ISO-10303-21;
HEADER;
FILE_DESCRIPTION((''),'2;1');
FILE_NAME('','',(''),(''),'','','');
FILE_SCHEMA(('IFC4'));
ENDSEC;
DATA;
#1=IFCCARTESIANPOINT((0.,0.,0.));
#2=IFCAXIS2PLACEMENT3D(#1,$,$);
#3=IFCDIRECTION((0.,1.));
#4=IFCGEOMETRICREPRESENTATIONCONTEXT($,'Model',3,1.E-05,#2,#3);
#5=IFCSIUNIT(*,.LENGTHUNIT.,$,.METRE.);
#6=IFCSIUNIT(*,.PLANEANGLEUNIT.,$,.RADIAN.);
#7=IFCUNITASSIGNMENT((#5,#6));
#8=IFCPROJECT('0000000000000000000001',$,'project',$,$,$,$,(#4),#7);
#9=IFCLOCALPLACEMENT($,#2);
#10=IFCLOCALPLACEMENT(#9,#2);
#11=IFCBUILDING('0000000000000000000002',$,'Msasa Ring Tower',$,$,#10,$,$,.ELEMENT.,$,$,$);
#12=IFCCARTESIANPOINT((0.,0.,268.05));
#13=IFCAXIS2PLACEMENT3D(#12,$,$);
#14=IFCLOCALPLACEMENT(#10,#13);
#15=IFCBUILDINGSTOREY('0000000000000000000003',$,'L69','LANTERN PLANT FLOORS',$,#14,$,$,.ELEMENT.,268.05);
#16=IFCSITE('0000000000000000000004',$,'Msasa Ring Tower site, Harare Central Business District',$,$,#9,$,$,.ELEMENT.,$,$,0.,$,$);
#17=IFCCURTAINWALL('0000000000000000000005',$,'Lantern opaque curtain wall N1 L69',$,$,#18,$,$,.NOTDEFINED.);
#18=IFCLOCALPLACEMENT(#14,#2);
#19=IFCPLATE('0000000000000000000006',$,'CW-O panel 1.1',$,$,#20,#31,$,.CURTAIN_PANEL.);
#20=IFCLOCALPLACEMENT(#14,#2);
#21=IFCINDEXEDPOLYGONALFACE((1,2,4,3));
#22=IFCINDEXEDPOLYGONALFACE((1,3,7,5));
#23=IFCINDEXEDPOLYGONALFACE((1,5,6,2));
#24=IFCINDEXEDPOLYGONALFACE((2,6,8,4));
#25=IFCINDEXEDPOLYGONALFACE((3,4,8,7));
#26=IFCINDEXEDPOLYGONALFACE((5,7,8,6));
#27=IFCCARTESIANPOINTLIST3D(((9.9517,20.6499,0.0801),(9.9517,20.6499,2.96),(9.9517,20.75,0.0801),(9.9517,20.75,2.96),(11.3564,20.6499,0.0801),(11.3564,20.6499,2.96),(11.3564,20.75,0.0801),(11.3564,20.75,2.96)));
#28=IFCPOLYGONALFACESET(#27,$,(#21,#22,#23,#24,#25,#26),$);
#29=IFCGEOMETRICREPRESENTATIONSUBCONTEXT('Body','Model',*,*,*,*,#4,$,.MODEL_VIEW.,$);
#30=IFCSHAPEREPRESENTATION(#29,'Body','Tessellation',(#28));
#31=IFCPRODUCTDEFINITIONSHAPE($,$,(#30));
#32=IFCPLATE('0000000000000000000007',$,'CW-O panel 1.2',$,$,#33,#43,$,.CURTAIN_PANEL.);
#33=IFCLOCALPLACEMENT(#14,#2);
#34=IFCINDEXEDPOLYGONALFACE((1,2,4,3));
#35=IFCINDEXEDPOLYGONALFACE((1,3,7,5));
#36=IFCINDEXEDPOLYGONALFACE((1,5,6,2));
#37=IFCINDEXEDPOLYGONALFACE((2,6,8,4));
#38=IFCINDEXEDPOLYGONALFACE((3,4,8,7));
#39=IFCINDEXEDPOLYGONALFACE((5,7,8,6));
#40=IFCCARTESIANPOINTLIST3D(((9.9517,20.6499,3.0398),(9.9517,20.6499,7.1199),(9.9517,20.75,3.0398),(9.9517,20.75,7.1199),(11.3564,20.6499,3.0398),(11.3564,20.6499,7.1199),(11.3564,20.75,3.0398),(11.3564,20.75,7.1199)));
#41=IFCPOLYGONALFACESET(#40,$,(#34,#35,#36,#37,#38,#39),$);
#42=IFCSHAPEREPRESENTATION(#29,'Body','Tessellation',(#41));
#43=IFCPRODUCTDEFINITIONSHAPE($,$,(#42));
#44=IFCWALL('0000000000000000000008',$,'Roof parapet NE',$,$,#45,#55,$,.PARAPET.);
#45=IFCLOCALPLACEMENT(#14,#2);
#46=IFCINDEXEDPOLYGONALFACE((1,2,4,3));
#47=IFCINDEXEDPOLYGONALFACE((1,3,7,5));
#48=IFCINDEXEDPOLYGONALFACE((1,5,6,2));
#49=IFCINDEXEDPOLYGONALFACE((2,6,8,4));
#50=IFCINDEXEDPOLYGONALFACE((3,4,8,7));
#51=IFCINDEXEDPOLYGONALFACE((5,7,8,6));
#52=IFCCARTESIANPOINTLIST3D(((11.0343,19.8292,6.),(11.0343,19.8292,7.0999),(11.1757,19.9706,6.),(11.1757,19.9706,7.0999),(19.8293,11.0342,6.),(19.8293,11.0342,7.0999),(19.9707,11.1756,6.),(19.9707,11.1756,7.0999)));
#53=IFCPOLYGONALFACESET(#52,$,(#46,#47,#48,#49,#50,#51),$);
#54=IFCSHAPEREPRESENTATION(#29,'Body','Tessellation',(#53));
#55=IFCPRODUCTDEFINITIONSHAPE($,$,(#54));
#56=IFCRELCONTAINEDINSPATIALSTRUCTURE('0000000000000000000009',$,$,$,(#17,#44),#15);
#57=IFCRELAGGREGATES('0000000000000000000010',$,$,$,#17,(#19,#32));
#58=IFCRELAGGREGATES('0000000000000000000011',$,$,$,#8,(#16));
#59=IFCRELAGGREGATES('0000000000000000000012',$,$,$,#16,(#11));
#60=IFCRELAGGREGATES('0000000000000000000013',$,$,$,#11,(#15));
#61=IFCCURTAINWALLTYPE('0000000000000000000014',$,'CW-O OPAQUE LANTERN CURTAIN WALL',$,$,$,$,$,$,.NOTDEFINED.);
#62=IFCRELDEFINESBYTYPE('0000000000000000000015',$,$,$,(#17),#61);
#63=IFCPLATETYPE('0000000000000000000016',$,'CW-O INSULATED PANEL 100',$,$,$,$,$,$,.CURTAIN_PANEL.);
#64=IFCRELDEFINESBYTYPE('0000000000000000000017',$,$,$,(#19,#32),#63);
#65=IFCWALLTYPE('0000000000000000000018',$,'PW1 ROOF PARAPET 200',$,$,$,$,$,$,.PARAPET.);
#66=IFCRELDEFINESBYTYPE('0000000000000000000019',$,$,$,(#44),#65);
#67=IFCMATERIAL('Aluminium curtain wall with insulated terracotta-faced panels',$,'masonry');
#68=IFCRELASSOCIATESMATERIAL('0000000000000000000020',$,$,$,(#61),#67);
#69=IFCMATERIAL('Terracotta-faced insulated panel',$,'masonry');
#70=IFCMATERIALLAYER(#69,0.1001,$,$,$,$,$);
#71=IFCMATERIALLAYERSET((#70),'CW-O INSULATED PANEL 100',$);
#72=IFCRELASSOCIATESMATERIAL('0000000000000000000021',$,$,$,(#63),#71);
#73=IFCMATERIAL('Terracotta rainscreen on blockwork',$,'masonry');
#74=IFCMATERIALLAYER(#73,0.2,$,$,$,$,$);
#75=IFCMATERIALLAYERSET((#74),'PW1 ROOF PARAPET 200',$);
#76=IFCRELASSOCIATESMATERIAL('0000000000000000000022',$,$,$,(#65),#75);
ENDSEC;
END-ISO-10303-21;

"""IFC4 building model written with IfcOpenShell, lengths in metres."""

from ifc_helpers import new_model, si_unit, direction, frame, frame_2d, origin, origin_2d, place, context, subcontext, project, spatial, rectangle, extrude, material, layer, layer_set, type_object, element, aggregate, save


model = new_model("IFC4")

# Units and contexts
model_context = context("Model", 3, precision=1e-05, world=origin(), true_north=direction((0.0, 1.0)))
body_context = subcontext(model_context, "Body", "Model", "MODEL_VIEW")
ifc_project = project(units=[si_unit("LENGTHUNIT", "METRE"), si_unit("PLANEANGLEUNIT", "RADIAN")], contexts=[model_context])

# Site, building, storey
site_placement = place(None, origin())
site = spatial("IfcSite", under=ifc_project, at=site_placement, Name="Msasa Ring Tower site, Harare Central Business District", CompositionType="ELEMENT", RefElevation=0.0)
building_placement = place(site_placement, origin())
building = spatial("IfcBuilding", under=site, at=building_placement, Name="Msasa Ring Tower", CompositionType="ELEMENT")
storey_placement = place(building_placement, frame((0.0, 0.0, 268.05)))
storey = spatial("IfcBuildingStorey", under=building, at=storey_placement, Name="L69", Description="LANTERN PLANT FLOORS", CompositionType="ELEMENT", Elevation=268.05)

# Curtain wall
ifc_material_1 = material(Name="Aluminium curtain wall with insulated terracotta-faced panels", Category="masonry")
curtain_wall_type_1 = type_object("IfcCurtainWallType", Name="CW-O OPAQUE LANTERN CURTAIN WALL", PredefinedType="NOTDEFINED", material=ifc_material_1)
curtain_wall_1_placement = place(storey_placement, origin())
curtain_wall_1 = element("IfcCurtainWall", 1, at=curtain_wall_1_placement, inside=storey, type_object=curtain_wall_type_1, Name="Lantern opaque curtain wall N1 L69", PredefinedType="NOTDEFINED")

# Plates
ifc_material_2 = material(Name="Terracotta-faced insulated panel", Category="masonry")
ifc_layer_1 = layer(ifc_material_2, 0.1001)
ifc_layer_set_1 = layer_set([ifc_layer_1], Name="CW-O INSULATED PANEL 100")
plate_type_1 = type_object("IfcPlateType", Name="CW-O INSULATED PANEL 100", PredefinedType="CURTAIN_PANEL", material=ifc_layer_set_1)
plate_1_placement = place(storey_placement, frame((10.6541, 20.7, 0.0801), z_axis=(0.0, 0.0, 1.0), x_axis=(-1.0, 0.0, 0.0)))
plate_1 = element("IfcPlate", 2, at=plate_1_placement, type_object=plate_type_1, Name="CW-O panel 1.1", PredefinedType="CURTAIN_PANEL", context=body_context, shape_type="SweptSolid", body=[
    extrude(rectangle(XDim=1.4048, YDim=0.1001, at=origin_2d()), origin(), (0.0, 0.0, 1.0), 2.8799),
])
plate_2_placement = place(storey_placement, frame((10.6541, 20.7, 3.0398), z_axis=(0.0, 0.0, 1.0), x_axis=(-1.0, 0.0, 0.0)))
plate_2 = element("IfcPlate", 3, at=plate_2_placement, type_object=plate_type_1, Name="CW-O panel 1.2", PredefinedType="CURTAIN_PANEL", context=body_context, shape_type="SweptSolid", body=[
    extrude(rectangle(XDim=1.4048, YDim=0.1001, at=origin_2d()), origin(), (0.0, 0.0, 1.0), 4.0801),
])
aggregate(curtain_wall_1, [plate_1, plate_2])

# Wall
ifc_material_3 = material(Name="Terracotta rainscreen on blockwork", Category="masonry")
ifc_layer_2 = layer(ifc_material_3, 0.2)
ifc_layer_set_2 = layer_set([ifc_layer_2], Name="PW1 ROOF PARAPET 200")
wall_type = type_object("IfcWallType", Name="PW1 ROOF PARAPET 200", PredefinedType="PARAPET", material=ifc_layer_set_2)
wall_placement = place(storey_placement, frame((11.105, 19.8999, 6.0), z_axis=(0.0, 0.0, 1.0), x_axis=(0.707107, -0.707107, 0.0)))
element("IfcWall", 4, at=wall_placement, inside=storey, type_object=wall_type, Name="Roof parapet NE", PredefinedType="PARAPET", context=body_context, shape_type="SweptSolid", body=[
    extrude(rectangle(XDim=12.438, YDim=0.2, at=frame_2d((6.219, 0.0))), origin(), (0.0, 0.0, 1.0), 1.0999),
])

save(model, "model.ifc")
